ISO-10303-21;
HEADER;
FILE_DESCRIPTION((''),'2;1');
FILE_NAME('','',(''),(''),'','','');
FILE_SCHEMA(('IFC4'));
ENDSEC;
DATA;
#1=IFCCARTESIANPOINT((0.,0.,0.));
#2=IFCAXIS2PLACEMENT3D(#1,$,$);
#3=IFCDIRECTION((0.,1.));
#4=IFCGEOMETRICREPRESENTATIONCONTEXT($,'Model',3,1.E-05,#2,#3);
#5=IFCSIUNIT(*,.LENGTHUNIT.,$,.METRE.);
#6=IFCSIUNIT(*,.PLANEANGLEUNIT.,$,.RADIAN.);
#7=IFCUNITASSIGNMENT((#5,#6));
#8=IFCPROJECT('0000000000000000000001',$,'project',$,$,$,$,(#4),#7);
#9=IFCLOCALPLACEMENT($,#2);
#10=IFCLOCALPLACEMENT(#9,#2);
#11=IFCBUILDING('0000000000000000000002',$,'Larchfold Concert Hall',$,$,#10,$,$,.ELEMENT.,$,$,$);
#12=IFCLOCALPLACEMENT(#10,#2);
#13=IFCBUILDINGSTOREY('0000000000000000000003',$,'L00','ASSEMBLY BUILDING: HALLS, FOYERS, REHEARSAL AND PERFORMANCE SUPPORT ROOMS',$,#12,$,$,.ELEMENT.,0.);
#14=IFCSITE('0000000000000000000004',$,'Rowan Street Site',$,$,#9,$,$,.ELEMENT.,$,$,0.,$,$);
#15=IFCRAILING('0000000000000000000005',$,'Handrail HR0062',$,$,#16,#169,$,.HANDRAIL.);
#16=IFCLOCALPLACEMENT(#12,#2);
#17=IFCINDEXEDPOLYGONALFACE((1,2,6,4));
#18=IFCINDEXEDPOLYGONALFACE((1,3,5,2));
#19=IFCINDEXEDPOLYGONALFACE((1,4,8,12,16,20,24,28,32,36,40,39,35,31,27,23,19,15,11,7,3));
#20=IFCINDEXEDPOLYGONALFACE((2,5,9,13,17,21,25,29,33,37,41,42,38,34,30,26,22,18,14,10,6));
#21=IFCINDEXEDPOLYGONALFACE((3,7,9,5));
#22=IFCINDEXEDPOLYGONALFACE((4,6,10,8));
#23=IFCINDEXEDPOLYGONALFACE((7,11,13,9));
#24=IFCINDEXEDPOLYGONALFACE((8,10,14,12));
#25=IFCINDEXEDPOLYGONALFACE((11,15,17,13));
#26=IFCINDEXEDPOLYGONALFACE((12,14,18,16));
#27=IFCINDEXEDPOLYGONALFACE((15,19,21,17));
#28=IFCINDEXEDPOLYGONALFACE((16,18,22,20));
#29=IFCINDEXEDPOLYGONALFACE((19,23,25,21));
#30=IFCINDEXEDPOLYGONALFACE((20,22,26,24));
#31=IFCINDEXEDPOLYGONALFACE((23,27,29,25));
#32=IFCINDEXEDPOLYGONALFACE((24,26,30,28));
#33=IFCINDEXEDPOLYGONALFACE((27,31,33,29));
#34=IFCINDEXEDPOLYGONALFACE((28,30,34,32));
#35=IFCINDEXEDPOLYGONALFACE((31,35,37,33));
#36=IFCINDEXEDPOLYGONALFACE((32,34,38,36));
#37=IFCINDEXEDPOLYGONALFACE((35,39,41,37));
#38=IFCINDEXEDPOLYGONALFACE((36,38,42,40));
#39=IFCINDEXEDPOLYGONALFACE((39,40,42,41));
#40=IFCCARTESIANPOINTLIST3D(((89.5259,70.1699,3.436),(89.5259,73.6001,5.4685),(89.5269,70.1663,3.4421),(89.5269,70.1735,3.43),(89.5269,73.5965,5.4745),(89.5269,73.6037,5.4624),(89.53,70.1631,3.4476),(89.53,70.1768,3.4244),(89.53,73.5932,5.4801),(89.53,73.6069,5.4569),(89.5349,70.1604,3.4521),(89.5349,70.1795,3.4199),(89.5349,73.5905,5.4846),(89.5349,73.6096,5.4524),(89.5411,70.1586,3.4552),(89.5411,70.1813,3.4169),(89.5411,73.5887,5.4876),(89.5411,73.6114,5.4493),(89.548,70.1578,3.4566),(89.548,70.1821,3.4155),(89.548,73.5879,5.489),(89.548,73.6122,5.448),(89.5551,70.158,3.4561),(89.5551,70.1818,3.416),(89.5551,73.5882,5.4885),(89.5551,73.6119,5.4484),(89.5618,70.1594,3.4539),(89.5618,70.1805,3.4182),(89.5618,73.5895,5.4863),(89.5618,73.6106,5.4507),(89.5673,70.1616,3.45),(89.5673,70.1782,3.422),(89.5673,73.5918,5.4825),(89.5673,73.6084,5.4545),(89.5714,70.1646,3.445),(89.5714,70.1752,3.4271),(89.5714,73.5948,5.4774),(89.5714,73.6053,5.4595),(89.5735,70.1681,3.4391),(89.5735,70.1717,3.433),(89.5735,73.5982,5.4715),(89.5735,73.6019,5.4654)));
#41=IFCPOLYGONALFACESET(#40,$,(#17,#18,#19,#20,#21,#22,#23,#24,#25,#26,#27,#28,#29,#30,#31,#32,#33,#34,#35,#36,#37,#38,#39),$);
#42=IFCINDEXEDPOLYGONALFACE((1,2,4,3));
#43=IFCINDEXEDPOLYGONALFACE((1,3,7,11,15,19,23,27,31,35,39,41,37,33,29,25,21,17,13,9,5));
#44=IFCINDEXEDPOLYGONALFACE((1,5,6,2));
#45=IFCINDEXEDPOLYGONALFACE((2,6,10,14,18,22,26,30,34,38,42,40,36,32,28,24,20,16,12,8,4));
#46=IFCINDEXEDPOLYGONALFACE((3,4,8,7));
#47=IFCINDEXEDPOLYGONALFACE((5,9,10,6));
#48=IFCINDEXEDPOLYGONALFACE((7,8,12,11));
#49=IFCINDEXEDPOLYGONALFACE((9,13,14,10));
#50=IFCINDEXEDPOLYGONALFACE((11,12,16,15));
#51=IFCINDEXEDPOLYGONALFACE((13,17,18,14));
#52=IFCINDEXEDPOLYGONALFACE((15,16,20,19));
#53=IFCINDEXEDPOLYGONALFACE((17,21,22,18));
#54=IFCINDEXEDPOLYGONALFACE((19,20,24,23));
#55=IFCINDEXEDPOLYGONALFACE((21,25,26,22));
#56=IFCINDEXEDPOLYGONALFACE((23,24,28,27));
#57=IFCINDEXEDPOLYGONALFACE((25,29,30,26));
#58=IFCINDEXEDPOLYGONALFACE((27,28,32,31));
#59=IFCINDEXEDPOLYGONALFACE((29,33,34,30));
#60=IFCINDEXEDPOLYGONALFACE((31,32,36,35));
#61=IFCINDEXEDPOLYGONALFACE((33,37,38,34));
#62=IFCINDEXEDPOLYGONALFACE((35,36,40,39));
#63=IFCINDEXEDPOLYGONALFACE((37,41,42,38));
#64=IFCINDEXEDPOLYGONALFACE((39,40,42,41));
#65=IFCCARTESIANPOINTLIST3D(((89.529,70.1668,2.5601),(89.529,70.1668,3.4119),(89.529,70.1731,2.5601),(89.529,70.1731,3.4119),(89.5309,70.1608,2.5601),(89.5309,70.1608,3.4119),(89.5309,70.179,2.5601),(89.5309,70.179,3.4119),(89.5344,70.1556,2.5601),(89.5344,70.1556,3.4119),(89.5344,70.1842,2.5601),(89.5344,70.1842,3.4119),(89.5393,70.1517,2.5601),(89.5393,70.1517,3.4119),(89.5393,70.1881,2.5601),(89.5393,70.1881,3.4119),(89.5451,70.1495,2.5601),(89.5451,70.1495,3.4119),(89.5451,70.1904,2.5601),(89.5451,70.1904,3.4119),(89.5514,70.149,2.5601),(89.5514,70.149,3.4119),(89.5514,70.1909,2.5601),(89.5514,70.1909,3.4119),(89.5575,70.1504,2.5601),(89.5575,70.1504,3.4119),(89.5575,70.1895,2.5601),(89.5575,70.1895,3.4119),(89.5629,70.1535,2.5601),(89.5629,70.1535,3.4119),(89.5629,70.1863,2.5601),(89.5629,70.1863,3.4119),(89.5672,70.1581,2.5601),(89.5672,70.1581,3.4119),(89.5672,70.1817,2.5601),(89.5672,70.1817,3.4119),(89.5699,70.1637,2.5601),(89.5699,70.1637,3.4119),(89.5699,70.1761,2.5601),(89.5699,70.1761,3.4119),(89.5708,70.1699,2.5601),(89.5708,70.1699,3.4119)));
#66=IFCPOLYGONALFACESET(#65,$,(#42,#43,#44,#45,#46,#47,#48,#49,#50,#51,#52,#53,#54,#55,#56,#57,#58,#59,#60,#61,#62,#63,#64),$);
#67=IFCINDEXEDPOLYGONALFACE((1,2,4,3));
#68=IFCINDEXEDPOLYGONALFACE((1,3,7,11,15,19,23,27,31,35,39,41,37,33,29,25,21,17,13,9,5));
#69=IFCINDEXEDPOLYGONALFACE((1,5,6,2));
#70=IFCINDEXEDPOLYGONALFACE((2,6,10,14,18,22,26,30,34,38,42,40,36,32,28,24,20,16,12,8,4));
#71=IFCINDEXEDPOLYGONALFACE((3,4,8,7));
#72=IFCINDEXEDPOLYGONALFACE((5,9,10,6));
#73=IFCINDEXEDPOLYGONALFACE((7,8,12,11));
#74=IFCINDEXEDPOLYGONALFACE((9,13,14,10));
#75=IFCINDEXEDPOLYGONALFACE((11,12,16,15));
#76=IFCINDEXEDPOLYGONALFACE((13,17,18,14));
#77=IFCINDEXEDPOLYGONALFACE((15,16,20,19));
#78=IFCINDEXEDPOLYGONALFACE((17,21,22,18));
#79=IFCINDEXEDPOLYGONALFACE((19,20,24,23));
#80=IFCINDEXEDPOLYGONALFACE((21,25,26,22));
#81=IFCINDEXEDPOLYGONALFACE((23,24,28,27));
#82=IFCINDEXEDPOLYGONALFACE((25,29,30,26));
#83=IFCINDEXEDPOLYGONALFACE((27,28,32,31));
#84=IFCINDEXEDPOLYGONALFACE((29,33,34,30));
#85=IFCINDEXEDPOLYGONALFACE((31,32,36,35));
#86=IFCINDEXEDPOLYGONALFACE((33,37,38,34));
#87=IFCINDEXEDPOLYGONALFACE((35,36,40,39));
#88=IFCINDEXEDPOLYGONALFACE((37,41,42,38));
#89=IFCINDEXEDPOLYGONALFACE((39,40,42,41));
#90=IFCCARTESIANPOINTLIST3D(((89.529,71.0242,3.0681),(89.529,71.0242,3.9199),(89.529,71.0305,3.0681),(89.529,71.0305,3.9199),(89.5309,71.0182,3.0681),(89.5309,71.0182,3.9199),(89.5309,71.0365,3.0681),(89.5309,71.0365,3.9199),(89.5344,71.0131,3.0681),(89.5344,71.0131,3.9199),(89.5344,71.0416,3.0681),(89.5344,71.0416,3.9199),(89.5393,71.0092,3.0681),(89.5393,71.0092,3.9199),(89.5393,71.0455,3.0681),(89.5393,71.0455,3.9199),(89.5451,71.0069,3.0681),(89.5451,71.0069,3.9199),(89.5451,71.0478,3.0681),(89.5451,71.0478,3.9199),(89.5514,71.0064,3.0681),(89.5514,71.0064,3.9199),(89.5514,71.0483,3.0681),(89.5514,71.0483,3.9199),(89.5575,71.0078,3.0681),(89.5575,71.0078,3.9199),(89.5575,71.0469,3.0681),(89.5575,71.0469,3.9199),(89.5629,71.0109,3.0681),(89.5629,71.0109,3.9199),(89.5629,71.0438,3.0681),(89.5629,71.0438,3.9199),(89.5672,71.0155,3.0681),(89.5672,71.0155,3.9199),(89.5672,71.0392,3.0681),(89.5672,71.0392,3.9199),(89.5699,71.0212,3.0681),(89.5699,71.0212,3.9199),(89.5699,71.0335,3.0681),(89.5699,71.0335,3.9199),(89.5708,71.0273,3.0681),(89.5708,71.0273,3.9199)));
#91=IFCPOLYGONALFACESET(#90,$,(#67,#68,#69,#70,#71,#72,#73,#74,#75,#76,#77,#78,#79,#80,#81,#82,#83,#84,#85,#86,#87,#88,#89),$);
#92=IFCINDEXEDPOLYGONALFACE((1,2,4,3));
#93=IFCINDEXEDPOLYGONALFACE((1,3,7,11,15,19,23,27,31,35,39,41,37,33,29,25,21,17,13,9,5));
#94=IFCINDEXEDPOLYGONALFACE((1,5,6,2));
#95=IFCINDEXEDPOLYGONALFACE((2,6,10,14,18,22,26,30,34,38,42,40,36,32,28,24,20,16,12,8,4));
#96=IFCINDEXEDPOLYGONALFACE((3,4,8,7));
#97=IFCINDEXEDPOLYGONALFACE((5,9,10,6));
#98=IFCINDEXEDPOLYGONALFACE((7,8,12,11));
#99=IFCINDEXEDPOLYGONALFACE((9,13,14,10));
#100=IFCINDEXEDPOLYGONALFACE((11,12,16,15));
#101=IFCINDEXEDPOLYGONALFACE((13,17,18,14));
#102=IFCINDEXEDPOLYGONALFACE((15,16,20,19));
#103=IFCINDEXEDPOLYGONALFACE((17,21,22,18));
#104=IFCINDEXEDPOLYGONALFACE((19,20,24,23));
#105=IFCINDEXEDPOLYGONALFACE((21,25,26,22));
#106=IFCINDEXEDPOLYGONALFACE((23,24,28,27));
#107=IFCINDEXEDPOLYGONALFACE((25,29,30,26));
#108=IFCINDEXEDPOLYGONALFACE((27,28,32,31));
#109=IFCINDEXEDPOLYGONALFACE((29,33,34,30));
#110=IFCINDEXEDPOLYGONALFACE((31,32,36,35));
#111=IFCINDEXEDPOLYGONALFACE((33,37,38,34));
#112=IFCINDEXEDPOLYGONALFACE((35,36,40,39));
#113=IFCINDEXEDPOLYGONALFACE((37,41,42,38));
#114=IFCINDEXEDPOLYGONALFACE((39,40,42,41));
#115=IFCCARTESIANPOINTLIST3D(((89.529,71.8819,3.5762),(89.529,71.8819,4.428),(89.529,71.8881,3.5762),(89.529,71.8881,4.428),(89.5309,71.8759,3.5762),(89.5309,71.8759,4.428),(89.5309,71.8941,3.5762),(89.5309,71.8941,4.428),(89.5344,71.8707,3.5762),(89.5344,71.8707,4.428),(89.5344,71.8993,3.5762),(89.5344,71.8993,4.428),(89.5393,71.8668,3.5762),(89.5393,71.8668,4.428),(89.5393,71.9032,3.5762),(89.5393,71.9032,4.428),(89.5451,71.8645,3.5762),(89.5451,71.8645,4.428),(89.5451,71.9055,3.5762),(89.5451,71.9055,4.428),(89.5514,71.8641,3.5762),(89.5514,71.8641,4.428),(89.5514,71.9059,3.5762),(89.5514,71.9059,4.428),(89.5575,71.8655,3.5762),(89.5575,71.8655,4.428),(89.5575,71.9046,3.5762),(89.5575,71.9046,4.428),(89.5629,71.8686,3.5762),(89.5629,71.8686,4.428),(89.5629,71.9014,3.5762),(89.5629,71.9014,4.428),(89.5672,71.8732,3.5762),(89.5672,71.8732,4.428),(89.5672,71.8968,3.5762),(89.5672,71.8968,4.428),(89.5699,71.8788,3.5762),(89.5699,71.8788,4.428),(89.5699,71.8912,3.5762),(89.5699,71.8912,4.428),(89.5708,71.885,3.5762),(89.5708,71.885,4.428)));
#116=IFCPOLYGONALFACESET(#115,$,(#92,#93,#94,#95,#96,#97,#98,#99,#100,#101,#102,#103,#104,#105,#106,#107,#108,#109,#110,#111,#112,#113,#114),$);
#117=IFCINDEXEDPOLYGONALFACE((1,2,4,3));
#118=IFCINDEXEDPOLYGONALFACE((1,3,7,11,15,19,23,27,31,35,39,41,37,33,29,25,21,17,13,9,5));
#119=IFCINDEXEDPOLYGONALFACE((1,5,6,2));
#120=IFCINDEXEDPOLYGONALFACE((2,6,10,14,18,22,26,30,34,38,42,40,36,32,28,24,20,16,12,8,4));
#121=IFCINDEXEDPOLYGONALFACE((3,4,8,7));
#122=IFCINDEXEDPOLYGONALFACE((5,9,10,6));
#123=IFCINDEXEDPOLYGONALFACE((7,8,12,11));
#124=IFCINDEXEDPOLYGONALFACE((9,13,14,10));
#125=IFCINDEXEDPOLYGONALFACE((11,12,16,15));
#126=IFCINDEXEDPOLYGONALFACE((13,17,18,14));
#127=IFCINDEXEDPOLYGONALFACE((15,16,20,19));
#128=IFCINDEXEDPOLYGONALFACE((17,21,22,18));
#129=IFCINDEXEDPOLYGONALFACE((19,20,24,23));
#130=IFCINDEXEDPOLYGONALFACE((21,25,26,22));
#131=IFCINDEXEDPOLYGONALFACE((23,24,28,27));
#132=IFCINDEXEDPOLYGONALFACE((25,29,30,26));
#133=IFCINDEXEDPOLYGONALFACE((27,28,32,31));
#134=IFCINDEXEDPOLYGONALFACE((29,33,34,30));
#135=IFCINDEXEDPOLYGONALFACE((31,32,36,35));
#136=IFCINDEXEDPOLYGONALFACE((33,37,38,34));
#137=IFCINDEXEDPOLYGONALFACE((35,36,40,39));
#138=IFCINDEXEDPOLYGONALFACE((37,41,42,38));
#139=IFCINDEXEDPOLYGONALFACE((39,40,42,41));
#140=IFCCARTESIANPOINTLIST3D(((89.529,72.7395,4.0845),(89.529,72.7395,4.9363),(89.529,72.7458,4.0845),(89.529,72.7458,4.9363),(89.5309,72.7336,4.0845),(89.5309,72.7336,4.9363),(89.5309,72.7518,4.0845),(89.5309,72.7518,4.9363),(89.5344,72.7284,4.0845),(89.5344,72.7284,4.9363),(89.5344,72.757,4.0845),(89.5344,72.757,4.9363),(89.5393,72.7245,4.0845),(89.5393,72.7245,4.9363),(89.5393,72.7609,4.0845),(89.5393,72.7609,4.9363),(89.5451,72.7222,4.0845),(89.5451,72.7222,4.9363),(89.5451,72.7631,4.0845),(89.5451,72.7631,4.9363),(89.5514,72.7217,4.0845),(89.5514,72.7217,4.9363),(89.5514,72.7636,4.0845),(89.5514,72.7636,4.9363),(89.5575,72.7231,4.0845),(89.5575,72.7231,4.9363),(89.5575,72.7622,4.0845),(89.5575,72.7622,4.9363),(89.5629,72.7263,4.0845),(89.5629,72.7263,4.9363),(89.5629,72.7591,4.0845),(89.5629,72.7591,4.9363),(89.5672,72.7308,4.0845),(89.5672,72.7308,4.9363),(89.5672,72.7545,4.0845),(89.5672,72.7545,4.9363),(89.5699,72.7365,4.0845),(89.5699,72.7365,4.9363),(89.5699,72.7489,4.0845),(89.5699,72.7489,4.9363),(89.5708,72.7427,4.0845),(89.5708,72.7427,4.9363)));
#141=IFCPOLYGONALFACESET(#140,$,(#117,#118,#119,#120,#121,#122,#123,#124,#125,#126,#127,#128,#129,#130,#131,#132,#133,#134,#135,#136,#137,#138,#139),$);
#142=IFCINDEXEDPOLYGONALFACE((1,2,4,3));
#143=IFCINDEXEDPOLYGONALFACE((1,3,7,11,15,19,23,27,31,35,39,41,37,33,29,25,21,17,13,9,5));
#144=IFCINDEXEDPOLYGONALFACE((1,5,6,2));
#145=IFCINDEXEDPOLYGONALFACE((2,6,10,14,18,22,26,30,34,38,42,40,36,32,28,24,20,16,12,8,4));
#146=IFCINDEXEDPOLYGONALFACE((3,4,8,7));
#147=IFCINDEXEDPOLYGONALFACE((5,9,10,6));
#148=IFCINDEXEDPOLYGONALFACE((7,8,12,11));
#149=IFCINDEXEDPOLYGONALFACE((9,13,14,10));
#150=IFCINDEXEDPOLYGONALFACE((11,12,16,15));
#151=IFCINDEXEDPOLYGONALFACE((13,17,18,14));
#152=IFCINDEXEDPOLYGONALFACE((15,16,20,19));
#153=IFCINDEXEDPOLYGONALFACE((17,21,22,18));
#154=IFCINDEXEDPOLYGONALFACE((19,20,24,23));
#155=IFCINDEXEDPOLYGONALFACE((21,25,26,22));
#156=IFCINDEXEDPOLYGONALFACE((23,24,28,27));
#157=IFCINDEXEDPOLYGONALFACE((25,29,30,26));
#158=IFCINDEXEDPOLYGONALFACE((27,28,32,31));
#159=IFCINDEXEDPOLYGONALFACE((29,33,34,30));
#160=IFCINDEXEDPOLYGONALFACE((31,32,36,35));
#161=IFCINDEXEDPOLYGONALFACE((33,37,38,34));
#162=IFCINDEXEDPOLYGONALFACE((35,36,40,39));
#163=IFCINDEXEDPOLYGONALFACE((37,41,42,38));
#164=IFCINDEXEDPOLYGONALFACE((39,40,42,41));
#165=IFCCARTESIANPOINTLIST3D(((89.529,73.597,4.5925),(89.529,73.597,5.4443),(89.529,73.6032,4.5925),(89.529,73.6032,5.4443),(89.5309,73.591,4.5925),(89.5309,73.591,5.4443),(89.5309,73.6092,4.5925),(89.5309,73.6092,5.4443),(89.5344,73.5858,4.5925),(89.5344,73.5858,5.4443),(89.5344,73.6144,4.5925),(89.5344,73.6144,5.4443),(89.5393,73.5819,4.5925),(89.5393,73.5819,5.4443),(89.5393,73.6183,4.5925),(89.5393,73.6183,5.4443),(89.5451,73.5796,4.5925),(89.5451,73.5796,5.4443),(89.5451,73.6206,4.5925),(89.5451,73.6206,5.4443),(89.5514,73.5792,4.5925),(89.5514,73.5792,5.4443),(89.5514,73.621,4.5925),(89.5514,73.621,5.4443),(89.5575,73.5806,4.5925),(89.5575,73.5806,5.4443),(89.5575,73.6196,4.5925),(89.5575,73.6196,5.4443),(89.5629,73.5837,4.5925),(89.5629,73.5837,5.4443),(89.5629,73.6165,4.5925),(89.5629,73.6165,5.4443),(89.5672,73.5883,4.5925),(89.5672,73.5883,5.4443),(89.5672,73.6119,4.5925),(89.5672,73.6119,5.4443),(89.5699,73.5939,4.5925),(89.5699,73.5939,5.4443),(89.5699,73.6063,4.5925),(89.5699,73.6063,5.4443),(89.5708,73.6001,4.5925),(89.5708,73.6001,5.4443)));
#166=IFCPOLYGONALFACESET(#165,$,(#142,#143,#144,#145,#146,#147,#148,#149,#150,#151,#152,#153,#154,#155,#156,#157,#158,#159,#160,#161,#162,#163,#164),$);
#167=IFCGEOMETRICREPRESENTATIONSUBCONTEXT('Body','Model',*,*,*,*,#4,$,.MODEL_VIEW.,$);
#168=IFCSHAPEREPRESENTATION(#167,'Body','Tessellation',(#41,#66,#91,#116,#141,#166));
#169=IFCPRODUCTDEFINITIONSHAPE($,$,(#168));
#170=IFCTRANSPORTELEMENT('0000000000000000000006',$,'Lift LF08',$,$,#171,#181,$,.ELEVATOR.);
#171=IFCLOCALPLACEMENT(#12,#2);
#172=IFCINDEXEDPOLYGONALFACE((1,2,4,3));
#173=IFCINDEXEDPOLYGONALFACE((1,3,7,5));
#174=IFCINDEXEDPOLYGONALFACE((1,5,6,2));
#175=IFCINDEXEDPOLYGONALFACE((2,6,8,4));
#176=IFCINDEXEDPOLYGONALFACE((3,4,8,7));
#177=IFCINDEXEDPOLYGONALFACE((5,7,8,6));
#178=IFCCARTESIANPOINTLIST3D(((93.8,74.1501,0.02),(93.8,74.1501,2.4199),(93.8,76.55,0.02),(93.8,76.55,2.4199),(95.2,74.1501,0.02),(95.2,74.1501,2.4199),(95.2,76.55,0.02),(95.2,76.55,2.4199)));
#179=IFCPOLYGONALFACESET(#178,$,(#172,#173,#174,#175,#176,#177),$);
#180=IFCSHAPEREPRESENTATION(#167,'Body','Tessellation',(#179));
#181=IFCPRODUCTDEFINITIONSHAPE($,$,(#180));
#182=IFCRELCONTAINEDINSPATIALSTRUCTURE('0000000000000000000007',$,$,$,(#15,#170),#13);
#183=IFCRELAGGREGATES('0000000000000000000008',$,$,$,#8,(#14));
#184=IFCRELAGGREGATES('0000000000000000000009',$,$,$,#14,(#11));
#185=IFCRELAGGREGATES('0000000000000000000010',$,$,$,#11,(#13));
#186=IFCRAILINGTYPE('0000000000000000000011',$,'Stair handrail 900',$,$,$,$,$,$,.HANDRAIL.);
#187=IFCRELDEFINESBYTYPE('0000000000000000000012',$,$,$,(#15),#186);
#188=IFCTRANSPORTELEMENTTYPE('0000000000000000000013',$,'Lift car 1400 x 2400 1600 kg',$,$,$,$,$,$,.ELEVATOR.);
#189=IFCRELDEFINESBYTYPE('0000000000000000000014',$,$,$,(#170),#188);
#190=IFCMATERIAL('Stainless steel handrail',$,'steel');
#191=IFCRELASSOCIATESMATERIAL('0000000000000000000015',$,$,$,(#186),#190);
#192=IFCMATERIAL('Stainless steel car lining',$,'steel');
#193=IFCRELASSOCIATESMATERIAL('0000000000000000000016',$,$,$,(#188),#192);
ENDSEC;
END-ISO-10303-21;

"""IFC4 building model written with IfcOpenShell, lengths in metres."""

from ifc_helpers import new_model, si_unit, direction, frame, origin, origin_2d, place, context, subcontext, project, spatial, rectangle, circle, extrude, material, type_object, element, save


model = new_model("IFC4")

# Units and contexts
model_context = context("Model", 3, precision=1e-05, world=origin(), true_north=direction((0.0, 1.0)))
body_context = subcontext(model_context, "Body", "Model", "MODEL_VIEW")
ifc_project = project(units=[si_unit("LENGTHUNIT", "METRE"), si_unit("PLANEANGLEUNIT", "RADIAN")], contexts=[model_context])

# Site, building, storey
site_placement = place(None, origin())
site = spatial("IfcSite", under=ifc_project, at=site_placement, Name="Rowan Street Site", CompositionType="ELEMENT", RefElevation=0.0)
building_placement = place(site_placement, origin())
building = spatial("IfcBuilding", under=site, at=building_placement, Name="Larchfold Concert Hall", CompositionType="ELEMENT")
storey_placement = place(building_placement, origin())
storey = spatial("IfcBuildingStorey", under=building, at=storey_placement, Name="L00", Description="ASSEMBLY BUILDING: HALLS, FOYERS, REHEARSAL AND PERFORMANCE SUPPORT ROOMS", CompositionType="ELEMENT", Elevation=0.0)

# Railing
ifc_material_1 = material(Name="Stainless steel handrail", Category="steel")
railing_type = type_object("IfcRailingType", Name="Stair handrail 900", PredefinedType="HANDRAIL", material=ifc_material_1)
railing_placement = place(storey_placement, frame((89.5498, 70.1699, 2.5601)))
element("IfcRailing", 1, at=railing_placement, inside=storey, type_object=railing_type, Name="Handrail HR0062", PredefinedType="HANDRAIL", context=body_context, shape_type="SweptSolid", body=[
    extrude(circle(Radius=0.0239, at=origin_2d()), frame((0.0, 0.0, 0.876), z_axis=(0.0, 0.860316, 0.50976), x_axis=(-1.0, 0.0, 0.0)), (0.0, 0.0, 1.0), 3.9871),
    extrude(circle(Radius=0.021, at=origin_2d()), origin(), (0.0, 0.0, 1.0), 0.8518),
    extrude(circle(Radius=0.021, at=origin_2d()), frame((0.0, 0.8574, 0.5081)), (0.0, 0.0, 1.0), 0.8518),
    extrude(circle(Radius=0.021, at=origin_2d()), frame((0.0, 1.7151, 1.0161)), (0.0, 0.0, 1.0), 0.8518),
    extrude(circle(Radius=0.021, at=origin_2d()), frame((0.0, 2.5728, 1.5244)), (0.0, 0.0, 1.0), 0.8518),
    extrude(circle(Radius=0.021, at=origin_2d()), frame((0.0, 3.4302, 2.0325)), (0.0, 0.0, 1.0), 0.8518),
])

# Transport element
ifc_material_2 = material(Name="Stainless steel car lining", Category="steel")
transport_element_type = type_object("IfcTransportElementType", Name="Lift car 1400 x 2400 1600 kg", PredefinedType="ELEVATOR", material=ifc_material_2)
transport_element_placement = place(storey_placement, frame((94.5, 75.3501, 0.02), z_axis=(0.0, 0.0, 1.0), x_axis=(1.0, 0.0, 0.0)))
element("IfcTransportElement", 2, at=transport_element_placement, inside=storey, type_object=transport_element_type, Name="Lift LF08", PredefinedType="ELEVATOR", context=body_context, shape_type="SweptSolid", body=[
    extrude(rectangle(XDim=1.3999, YDim=2.3999, at=origin_2d()), origin(), (0.0, 0.0, 1.0), 2.3999),
])

save(model, "model.ifc")
